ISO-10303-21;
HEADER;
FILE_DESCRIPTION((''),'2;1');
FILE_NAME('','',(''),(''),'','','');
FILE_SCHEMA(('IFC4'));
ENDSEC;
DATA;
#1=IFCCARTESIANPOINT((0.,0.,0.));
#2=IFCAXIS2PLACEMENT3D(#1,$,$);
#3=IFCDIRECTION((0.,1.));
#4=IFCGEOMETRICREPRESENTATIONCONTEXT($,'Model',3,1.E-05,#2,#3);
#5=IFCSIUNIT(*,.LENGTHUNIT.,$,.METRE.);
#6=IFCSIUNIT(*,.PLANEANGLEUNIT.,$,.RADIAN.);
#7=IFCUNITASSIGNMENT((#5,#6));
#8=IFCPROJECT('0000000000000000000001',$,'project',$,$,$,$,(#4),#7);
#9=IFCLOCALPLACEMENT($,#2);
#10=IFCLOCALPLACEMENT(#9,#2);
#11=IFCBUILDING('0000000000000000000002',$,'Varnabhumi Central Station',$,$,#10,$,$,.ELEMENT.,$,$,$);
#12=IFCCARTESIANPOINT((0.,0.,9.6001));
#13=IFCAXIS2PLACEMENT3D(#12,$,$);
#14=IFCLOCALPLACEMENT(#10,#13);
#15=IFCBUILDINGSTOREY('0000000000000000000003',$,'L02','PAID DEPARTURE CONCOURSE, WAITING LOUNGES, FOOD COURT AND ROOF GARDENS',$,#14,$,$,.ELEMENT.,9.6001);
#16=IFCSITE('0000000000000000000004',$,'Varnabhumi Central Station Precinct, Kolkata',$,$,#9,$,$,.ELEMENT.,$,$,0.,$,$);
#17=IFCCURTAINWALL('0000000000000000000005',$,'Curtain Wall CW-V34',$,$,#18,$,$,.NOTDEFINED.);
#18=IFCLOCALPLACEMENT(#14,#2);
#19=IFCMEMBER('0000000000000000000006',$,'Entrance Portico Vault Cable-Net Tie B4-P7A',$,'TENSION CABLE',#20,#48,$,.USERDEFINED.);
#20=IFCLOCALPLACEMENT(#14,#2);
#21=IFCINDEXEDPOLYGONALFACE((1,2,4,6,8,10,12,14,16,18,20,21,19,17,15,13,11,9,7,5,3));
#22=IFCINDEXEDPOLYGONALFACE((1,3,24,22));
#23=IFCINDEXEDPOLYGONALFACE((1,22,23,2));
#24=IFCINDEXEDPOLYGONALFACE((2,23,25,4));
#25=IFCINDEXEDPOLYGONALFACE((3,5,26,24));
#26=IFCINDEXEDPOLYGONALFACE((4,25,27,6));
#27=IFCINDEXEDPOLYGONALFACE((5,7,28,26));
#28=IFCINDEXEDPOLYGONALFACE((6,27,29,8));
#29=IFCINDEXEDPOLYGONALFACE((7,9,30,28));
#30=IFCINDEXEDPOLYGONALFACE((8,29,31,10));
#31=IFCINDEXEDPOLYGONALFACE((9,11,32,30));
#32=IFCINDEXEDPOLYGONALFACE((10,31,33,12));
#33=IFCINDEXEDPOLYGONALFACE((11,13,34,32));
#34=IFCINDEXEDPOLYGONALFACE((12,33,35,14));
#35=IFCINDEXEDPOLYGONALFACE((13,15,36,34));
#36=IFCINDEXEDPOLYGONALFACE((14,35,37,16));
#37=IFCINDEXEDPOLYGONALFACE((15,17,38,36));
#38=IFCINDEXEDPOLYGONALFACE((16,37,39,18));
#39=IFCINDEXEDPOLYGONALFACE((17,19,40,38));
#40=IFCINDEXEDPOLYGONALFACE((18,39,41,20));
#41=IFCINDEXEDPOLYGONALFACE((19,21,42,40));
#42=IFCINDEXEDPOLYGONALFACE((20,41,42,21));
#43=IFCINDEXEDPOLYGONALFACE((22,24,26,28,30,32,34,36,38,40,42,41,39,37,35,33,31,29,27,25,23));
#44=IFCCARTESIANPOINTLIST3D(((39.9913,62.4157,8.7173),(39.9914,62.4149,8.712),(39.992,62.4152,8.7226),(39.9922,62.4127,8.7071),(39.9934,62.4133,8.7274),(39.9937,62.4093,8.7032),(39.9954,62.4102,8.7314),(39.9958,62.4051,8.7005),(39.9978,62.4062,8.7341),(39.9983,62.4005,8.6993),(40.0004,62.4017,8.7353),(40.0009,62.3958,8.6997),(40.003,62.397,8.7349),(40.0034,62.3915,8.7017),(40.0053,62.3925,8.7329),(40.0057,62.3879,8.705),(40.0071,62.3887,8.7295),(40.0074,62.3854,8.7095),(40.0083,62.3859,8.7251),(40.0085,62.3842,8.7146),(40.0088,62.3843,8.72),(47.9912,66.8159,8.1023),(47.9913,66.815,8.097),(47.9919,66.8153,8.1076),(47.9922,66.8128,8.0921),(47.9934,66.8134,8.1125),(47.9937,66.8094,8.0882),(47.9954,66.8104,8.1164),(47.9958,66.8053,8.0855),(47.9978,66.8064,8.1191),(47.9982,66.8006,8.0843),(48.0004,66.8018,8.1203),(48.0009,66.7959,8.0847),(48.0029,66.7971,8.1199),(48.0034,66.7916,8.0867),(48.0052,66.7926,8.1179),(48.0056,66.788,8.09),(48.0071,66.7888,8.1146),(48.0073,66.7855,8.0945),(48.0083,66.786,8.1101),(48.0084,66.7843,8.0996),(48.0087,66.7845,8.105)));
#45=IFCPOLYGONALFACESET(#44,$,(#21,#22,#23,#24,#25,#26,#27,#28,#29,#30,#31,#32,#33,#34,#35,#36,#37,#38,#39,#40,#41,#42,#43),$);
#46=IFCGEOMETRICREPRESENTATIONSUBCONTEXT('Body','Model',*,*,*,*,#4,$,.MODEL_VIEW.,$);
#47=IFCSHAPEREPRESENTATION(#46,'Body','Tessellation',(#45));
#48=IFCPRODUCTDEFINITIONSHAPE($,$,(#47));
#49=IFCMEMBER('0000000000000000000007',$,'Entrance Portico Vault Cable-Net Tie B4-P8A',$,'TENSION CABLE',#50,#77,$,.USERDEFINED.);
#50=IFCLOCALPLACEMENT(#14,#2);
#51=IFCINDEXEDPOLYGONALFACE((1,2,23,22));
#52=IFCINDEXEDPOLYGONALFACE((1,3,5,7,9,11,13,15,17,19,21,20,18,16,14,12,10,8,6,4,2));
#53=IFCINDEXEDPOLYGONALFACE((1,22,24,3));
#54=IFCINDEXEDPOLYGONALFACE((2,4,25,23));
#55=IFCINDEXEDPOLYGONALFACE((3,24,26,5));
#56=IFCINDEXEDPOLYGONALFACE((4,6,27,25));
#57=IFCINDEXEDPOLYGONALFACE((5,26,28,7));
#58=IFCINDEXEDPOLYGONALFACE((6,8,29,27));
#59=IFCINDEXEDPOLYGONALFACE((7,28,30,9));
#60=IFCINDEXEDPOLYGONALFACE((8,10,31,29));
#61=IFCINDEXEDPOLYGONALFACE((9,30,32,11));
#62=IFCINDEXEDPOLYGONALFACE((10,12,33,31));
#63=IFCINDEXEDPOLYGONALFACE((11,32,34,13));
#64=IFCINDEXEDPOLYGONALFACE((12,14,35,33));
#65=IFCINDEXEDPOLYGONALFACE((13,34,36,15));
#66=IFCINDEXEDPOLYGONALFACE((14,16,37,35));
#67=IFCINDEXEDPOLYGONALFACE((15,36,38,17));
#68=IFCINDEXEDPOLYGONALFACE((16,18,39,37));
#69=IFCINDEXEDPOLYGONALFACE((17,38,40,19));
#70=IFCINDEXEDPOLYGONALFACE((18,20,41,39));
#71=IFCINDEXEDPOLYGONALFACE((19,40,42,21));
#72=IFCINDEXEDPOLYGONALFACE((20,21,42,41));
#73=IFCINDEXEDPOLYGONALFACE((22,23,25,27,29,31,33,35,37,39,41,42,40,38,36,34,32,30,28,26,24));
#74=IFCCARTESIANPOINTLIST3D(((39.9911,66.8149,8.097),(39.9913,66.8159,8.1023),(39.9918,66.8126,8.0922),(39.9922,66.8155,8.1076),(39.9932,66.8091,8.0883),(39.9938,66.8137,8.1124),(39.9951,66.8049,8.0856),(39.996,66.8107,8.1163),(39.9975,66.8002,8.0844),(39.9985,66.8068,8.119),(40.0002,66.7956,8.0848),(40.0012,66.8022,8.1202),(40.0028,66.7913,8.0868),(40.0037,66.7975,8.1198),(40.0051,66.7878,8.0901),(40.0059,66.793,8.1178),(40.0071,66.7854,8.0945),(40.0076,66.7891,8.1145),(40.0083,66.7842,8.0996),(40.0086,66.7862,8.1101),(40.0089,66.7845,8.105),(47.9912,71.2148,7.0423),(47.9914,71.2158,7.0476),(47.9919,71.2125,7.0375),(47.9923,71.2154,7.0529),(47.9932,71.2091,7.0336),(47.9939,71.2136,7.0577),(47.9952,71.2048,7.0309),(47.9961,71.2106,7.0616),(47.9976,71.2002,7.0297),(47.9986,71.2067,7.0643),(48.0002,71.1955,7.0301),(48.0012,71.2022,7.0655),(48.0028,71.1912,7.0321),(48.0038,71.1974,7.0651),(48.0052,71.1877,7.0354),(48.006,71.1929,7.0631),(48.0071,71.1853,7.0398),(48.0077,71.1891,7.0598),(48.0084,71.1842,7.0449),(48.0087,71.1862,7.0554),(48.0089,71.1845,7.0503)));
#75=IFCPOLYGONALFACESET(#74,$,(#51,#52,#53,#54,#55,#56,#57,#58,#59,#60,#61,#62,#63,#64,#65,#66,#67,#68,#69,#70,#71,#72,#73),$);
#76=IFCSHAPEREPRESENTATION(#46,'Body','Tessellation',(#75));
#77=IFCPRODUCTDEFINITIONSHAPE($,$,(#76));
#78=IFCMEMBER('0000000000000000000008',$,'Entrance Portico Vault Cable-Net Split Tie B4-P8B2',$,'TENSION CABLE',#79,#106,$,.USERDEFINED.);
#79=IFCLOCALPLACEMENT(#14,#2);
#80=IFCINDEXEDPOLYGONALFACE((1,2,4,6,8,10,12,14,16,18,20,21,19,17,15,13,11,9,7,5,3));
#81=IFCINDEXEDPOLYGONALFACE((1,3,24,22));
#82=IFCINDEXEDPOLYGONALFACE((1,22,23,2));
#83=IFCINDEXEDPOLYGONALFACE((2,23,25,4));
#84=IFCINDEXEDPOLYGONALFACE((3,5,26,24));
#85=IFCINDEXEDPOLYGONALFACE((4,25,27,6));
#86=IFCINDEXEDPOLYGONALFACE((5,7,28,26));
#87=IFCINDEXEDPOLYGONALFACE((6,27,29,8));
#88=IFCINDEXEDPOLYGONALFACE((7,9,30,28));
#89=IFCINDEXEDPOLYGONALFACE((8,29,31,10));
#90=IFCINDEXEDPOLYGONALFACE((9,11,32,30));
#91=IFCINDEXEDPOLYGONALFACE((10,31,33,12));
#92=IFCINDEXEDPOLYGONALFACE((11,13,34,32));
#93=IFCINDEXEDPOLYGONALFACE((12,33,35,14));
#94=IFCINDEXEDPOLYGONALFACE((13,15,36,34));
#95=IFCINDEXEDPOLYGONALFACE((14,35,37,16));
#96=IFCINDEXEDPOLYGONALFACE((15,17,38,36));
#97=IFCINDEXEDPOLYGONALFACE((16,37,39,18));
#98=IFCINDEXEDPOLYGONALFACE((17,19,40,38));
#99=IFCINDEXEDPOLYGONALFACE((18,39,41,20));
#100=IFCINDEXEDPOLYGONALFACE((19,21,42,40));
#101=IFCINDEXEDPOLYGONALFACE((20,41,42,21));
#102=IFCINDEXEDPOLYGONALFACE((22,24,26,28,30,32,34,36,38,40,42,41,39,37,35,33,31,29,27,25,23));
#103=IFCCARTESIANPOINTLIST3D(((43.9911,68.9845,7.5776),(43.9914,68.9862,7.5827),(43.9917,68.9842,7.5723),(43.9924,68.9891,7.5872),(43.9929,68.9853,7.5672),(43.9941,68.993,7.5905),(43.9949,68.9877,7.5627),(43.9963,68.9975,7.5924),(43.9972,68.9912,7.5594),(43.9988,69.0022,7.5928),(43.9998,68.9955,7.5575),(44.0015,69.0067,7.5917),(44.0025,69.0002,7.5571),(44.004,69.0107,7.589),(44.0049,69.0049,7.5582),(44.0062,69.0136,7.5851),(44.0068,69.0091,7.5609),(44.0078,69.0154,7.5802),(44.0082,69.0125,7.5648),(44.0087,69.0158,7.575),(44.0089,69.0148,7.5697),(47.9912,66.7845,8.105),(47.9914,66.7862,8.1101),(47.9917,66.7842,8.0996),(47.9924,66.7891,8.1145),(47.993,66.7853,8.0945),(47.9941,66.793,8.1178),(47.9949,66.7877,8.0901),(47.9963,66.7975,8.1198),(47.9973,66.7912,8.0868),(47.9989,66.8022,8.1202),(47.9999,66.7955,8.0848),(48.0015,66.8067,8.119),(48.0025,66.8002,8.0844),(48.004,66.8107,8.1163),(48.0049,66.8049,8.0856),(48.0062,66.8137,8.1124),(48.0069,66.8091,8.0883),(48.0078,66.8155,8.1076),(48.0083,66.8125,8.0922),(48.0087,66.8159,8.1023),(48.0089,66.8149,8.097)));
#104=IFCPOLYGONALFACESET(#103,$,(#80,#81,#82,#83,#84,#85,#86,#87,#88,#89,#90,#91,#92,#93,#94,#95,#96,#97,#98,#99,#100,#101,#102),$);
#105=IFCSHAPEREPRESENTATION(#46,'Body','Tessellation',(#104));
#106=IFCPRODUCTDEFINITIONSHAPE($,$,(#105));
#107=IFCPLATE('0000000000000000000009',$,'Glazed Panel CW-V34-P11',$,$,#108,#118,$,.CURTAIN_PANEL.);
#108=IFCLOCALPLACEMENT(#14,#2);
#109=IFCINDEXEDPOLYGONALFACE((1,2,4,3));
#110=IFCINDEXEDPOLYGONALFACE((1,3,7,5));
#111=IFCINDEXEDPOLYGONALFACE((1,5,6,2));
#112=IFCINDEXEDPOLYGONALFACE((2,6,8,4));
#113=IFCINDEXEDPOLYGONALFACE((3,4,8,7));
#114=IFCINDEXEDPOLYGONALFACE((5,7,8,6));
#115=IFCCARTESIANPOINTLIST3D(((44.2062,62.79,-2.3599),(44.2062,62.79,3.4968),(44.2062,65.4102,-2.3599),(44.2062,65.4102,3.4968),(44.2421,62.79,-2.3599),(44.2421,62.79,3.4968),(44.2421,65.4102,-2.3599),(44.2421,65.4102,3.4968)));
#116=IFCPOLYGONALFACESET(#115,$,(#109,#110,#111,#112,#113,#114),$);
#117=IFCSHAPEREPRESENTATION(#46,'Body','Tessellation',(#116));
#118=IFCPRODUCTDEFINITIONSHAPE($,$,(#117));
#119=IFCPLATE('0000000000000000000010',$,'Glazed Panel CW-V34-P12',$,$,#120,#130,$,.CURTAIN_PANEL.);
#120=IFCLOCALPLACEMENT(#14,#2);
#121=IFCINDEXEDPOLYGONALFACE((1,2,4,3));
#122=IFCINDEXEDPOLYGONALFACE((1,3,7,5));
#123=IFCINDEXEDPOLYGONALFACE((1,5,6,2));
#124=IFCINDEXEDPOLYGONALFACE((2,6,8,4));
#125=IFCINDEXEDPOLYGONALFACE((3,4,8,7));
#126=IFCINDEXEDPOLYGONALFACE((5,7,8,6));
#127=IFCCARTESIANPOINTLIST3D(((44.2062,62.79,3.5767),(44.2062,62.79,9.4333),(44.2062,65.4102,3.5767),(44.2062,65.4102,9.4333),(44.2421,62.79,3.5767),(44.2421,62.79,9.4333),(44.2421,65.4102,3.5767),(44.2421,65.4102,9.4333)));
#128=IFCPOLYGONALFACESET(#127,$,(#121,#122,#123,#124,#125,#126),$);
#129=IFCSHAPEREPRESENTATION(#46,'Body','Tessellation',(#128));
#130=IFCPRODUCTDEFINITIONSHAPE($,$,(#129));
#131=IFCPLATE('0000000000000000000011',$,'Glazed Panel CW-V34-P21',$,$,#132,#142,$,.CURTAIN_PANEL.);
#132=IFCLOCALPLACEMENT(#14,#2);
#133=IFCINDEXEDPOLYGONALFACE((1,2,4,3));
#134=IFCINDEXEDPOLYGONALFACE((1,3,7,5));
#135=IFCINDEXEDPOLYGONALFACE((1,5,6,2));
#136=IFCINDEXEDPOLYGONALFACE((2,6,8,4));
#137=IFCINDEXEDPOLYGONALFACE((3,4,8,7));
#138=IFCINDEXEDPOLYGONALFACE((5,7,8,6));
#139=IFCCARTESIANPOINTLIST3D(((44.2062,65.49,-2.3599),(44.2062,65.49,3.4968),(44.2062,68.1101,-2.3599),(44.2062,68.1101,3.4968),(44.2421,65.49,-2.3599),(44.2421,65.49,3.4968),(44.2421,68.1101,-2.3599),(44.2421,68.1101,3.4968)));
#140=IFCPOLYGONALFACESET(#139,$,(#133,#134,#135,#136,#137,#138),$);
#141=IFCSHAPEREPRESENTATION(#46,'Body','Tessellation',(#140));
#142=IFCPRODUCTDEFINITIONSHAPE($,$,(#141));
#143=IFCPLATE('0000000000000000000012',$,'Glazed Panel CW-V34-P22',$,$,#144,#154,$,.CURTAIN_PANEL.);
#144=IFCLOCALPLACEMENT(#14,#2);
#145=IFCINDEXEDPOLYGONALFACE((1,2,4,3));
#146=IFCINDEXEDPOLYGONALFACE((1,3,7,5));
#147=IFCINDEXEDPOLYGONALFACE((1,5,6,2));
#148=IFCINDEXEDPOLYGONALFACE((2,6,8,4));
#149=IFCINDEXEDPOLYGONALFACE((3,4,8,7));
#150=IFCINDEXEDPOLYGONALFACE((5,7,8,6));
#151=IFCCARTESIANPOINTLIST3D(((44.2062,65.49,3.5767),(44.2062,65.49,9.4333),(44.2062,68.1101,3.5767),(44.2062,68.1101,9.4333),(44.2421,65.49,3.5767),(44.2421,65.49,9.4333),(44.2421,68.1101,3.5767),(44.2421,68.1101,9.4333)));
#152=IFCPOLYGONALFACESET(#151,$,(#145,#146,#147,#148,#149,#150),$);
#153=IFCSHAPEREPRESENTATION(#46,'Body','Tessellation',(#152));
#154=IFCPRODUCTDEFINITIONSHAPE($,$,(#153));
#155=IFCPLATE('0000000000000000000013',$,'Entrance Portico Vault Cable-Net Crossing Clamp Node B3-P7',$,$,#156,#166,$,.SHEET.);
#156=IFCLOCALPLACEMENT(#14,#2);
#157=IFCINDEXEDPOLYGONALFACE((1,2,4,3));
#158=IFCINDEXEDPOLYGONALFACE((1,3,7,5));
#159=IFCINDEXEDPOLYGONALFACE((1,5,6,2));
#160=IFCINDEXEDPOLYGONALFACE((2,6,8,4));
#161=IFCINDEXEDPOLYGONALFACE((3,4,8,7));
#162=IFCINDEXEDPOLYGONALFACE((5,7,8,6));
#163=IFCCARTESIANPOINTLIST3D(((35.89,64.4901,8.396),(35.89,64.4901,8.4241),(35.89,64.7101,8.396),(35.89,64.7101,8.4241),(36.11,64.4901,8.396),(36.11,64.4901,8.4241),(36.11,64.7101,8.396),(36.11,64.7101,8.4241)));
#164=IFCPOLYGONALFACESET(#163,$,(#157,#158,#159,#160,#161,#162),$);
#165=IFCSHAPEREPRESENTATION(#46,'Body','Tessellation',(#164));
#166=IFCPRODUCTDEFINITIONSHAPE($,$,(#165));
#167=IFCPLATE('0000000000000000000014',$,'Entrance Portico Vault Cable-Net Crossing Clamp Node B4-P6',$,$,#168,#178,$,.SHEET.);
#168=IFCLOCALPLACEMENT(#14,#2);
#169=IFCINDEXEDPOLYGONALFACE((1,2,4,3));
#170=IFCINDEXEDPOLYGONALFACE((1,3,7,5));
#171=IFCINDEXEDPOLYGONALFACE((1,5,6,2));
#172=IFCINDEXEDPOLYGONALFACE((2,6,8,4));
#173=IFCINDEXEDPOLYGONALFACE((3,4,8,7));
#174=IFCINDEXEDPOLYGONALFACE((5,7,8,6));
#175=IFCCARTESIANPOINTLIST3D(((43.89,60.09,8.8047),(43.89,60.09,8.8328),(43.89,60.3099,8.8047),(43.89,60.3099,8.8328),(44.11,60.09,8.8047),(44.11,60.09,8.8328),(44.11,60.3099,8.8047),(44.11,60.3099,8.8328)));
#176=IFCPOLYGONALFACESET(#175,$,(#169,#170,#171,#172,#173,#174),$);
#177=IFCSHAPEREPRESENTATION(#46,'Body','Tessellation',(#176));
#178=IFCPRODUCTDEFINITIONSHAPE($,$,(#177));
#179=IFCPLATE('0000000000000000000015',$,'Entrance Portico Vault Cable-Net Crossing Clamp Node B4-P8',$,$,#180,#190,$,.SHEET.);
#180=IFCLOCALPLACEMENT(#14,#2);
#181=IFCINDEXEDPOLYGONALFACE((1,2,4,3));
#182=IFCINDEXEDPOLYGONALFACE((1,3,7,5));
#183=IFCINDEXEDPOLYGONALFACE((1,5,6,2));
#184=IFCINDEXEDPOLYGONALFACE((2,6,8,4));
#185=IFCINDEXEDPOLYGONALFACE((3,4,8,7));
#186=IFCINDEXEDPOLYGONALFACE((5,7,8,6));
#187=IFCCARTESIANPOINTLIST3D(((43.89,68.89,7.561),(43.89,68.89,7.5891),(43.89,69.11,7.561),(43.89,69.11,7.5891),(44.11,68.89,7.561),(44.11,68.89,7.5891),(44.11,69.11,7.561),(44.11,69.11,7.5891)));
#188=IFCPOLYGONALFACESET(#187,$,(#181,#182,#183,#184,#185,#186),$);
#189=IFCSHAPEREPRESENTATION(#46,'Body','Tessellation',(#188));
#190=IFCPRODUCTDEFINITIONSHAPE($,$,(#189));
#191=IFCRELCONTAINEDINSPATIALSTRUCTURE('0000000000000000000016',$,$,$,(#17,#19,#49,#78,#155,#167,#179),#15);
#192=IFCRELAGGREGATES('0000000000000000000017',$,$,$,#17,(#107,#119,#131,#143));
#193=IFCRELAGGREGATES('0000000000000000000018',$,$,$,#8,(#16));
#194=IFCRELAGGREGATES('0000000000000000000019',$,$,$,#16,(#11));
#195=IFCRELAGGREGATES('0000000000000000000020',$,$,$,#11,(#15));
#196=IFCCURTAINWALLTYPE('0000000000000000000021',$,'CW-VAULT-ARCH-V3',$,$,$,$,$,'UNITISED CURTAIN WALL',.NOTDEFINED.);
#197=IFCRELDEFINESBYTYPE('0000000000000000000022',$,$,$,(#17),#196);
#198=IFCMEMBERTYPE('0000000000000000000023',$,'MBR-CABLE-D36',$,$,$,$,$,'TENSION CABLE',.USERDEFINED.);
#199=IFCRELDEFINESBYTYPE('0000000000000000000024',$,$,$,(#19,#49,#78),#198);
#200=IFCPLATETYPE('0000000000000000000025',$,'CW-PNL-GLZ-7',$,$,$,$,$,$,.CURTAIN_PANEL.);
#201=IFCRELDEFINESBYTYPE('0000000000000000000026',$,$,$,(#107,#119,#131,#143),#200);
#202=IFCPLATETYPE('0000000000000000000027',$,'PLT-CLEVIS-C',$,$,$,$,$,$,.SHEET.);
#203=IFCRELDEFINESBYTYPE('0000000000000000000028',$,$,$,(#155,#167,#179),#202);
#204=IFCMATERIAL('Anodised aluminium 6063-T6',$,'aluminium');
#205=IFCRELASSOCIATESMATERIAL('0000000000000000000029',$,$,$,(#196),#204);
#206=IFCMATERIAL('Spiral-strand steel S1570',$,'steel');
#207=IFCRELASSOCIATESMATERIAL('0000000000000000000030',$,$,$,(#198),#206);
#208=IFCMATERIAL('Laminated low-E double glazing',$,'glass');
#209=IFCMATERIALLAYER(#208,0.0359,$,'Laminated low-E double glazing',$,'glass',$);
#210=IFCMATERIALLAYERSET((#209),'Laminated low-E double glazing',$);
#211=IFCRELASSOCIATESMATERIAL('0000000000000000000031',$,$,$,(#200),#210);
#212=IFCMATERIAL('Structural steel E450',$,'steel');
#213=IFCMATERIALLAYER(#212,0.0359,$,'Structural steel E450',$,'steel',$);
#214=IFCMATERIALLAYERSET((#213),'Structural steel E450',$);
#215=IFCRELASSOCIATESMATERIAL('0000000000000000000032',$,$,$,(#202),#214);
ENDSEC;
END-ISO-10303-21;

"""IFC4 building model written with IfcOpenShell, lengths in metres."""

from ifc_helpers import new_model, si_unit, direction, frame, origin, origin_2d, place, context, subcontext, project, spatial, rectangle, circle, extrude, material, layer, layer_set, material_profile, profile_set, type_object, element, aggregate, save


model = new_model("IFC4")

# Units and contexts
model_context = context("Model", 3, precision=1e-05, world=origin(), true_north=direction((0.0, 1.0)))
body_context = subcontext(model_context, "Body", "Model", "MODEL_VIEW")
ifc_project = project(units=[si_unit("LENGTHUNIT", "METRE"), si_unit("PLANEANGLEUNIT", "RADIAN")], contexts=[model_context])

# Site, building, storey
site_placement = place(None, origin())
site = spatial("IfcSite", under=ifc_project, at=site_placement, Name="Varnabhumi Central Station Precinct, Kolkata", CompositionType="ELEMENT", RefElevation=0.0)
building_placement = place(site_placement, origin())
building = spatial("IfcBuilding", under=site, at=building_placement, Name="Varnabhumi Central Station", CompositionType="ELEMENT")
storey_placement = place(building_placement, frame((0.0, 0.0, 9.6001)))
storey = spatial("IfcBuildingStorey", under=building, at=storey_placement, Name="L02", Description="PAID DEPARTURE CONCOURSE, WAITING LOUNGES, FOOD COURT AND ROOF GARDENS", CompositionType="ELEMENT", Elevation=9.6001)

# Curtain wall
ifc_material_1 = material(Name="Anodised aluminium 6063-T6", Category="aluminium")
curtain_wall_type = type_object("IfcCurtainWallType", Name="CW-VAULT-ARCH-V3", ElementType="UNITISED CURTAIN WALL", PredefinedType="NOTDEFINED", material=ifc_material_1)
curtain_wall_placement = place(storey_placement, origin())
curtain_wall = element("IfcCurtainWall", 1, at=curtain_wall_placement, inside=storey, type_object=curtain_wall_type, Name="Curtain Wall CW-V34", PredefinedType="NOTDEFINED")

# Members
ifc_material_2 = material(Name="Spiral-strand steel S1570", Category="steel")
ifc_material_profile_1 = material_profile(ifc_material_2, circle(Radius=0.0181, at=origin_2d()), Name="Spiral-strand steel S1570", Category="steel")
ifc_profile_set_1 = profile_set([ifc_material_profile_1], Name="Spiral-strand steel S1570")
member_type_1 = type_object("IfcMemberType", Name="MBR-CABLE-D36", ElementType="TENSION CABLE", PredefinedType="USERDEFINED", material=ifc_profile_set_1)
member_1_placement = place(storey_placement, frame((40.0, 62.3999, 8.7173), z_axis=(0.874228, 0.480842, -0.067205), x_axis=(-0.481931, 0.876209, 0.0)))
element("IfcMember", 2, at=member_1_placement, inside=storey, type_object=member_type_1, Name="Entrance Portico Vault Cable-Net Tie B4-P7A", ObjectType="TENSION CABLE", PredefinedType="USERDEFINED", context=body_context, shape_type="SweptSolid", body=[
    extrude(circle(Radius=0.0181, at=origin_2d()), origin(), (0.0, 0.0, 1.0), 9.1509),
])
member_2_placement = place(storey_placement, frame((40.0, 66.8, 8.1023), z_axis=(0.870432, 0.478727, -0.114754), x_axis=(-0.481911, 0.87622, 0.0)))
element("IfcMember", 3, at=member_2_placement, inside=storey, type_object=member_type_1, Name="Entrance Portico Vault Cable-Net Tie B4-P8A", ObjectType="TENSION CABLE", PredefinedType="USERDEFINED", context=body_context, shape_type="SweptSolid", body=[
    extrude(circle(Radius=0.0181, at=origin_2d()), origin(), (0.0, 0.0, 1.0), 9.1909),
])
member_3_placement = place(storey_placement, frame((44.0, 69.0, 7.575), z_axis=(0.870432, -0.478727, 0.114754), x_axis=(0.481911, 0.87622, 0.0)))
element("IfcMember", 4, at=member_3_placement, inside=storey, type_object=member_type_1, Name="Entrance Portico Vault Cable-Net Split Tie B4-P8B2", ObjectType="TENSION CABLE", PredefinedType="USERDEFINED", context=body_context, shape_type="SweptSolid", body=[
    extrude(circle(Radius=0.0181, at=origin_2d()), origin(), (0.0, 0.0, 1.0), 4.5955),
])

# Plates
ifc_material_3 = material(Name="Laminated low-E double glazing", Category="glass")
ifc_layer_1 = layer(ifc_material_3, 0.0359, Name="Laminated low-E double glazing", Category="glass")
ifc_layer_set_1 = layer_set([ifc_layer_1], Name="Laminated low-E double glazing")
plate_type_1 = type_object("IfcPlateType", Name="CW-PNL-GLZ-7", PredefinedType="CURTAIN_PANEL", material=ifc_layer_set_1)
plate_1_placement = place(storey_placement, frame((44.2241, 64.1001, -2.3599), z_axis=(0.0, 0.0, 1.0), x_axis=(0.0, 1.0, 0.0)))
plate_1 = element("IfcPlate", 5, at=plate_1_placement, type_object=plate_type_1, Name="Glazed Panel CW-V34-P11", PredefinedType="CURTAIN_PANEL", context=body_context, shape_type="SweptSolid", body=[
    extrude(rectangle(XDim=2.6201, YDim=0.0359, at=origin_2d()), origin(), (0.0, 0.0, 1.0), 5.8567),
])
plate_2_placement = place(storey_placement, frame((44.2241, 64.1001, 3.5767), z_axis=(0.0, 0.0, 1.0), x_axis=(0.0, 1.0, 0.0)))
plate_2 = element("IfcPlate", 6, at=plate_2_placement, type_object=plate_type_1, Name="Glazed Panel CW-V34-P12", PredefinedType="CURTAIN_PANEL", context=body_context, shape_type="SweptSolid", body=[
    extrude(rectangle(XDim=2.6201, YDim=0.0359, at=origin_2d()), origin(), (0.0, 0.0, 1.0), 5.8567),
])
plate_3_placement = place(storey_placement, frame((44.2241, 66.8, -2.3599), z_axis=(0.0, 0.0, 1.0), x_axis=(0.0, 1.0, 0.0)))
plate_3 = element("IfcPlate", 7, at=plate_3_placement, type_object=plate_type_1, Name="Glazed Panel CW-V34-P21", PredefinedType="CURTAIN_PANEL", context=body_context, shape_type="SweptSolid", body=[
    extrude(rectangle(XDim=2.6201, YDim=0.0359, at=origin_2d()), origin(), (0.0, 0.0, 1.0), 5.8567),
])
plate_4_placement = place(storey_placement, frame((44.2241, 66.8, 3.5767), z_axis=(0.0, 0.0, 1.0), x_axis=(0.0, 1.0, 0.0)))
plate_4 = element("IfcPlate", 8, at=plate_4_placement, type_object=plate_type_1, Name="Glazed Panel CW-V34-P22", PredefinedType="CURTAIN_PANEL", context=body_context, shape_type="SweptSolid", body=[
    extrude(rectangle(XDim=2.6201, YDim=0.0359, at=origin_2d()), origin(), (0.0, 0.0, 1.0), 5.8567),
])
aggregate(curtain_wall, [plate_1, plate_2, plate_3, plate_4])

# Plates
ifc_material_4 = material(Name="Structural steel E450", Category="steel")
ifc_layer_2 = layer(ifc_material_4, 0.0359, Name="Structural steel E450", Category="steel")
ifc_layer_set_2 = layer_set([ifc_layer_2], Name="Structural steel E450")
plate_type_2 = type_object("IfcPlateType", Name="PLT-CLEVIS-C", PredefinedType="SHEET", material=ifc_layer_set_2)
for number, where, z_axis, x_axis, name in (
    (9, (36.0, 64.6001, 8.396), (0.0, 0.0, 1.0), (1.0, 0.0, 0.0), "Entrance Portico Vault Cable-Net Crossing Clamp Node B3-P7"),
    (10, (44.0, 60.2, 8.8047), (0.0, 0.0, 1.0), (1.0, 0.0, 0.0), "Entrance Portico Vault Cable-Net Crossing Clamp Node B4-P6"),
    (11, (44.0, 69.0, 7.561), (0.0, 0.0, 1.0), (1.0, 0.0, 0.0), "Entrance Portico Vault Cable-Net Crossing Clamp Node B4-P8"),
):
    element("IfcPlate", number, at=place(storey_placement, frame(where, z_axis=z_axis, x_axis=x_axis)), inside=storey, type_object=plate_type_2, Name=name, PredefinedType="SHEET", context=body_context, shape_type="SweptSolid", body=[
        extrude(rectangle(XDim=0.22, YDim=0.22, at=origin_2d()), origin(), (0.0, 0.0, 1.0), 0.0281),
    ])

save(model, "model.ifc")
